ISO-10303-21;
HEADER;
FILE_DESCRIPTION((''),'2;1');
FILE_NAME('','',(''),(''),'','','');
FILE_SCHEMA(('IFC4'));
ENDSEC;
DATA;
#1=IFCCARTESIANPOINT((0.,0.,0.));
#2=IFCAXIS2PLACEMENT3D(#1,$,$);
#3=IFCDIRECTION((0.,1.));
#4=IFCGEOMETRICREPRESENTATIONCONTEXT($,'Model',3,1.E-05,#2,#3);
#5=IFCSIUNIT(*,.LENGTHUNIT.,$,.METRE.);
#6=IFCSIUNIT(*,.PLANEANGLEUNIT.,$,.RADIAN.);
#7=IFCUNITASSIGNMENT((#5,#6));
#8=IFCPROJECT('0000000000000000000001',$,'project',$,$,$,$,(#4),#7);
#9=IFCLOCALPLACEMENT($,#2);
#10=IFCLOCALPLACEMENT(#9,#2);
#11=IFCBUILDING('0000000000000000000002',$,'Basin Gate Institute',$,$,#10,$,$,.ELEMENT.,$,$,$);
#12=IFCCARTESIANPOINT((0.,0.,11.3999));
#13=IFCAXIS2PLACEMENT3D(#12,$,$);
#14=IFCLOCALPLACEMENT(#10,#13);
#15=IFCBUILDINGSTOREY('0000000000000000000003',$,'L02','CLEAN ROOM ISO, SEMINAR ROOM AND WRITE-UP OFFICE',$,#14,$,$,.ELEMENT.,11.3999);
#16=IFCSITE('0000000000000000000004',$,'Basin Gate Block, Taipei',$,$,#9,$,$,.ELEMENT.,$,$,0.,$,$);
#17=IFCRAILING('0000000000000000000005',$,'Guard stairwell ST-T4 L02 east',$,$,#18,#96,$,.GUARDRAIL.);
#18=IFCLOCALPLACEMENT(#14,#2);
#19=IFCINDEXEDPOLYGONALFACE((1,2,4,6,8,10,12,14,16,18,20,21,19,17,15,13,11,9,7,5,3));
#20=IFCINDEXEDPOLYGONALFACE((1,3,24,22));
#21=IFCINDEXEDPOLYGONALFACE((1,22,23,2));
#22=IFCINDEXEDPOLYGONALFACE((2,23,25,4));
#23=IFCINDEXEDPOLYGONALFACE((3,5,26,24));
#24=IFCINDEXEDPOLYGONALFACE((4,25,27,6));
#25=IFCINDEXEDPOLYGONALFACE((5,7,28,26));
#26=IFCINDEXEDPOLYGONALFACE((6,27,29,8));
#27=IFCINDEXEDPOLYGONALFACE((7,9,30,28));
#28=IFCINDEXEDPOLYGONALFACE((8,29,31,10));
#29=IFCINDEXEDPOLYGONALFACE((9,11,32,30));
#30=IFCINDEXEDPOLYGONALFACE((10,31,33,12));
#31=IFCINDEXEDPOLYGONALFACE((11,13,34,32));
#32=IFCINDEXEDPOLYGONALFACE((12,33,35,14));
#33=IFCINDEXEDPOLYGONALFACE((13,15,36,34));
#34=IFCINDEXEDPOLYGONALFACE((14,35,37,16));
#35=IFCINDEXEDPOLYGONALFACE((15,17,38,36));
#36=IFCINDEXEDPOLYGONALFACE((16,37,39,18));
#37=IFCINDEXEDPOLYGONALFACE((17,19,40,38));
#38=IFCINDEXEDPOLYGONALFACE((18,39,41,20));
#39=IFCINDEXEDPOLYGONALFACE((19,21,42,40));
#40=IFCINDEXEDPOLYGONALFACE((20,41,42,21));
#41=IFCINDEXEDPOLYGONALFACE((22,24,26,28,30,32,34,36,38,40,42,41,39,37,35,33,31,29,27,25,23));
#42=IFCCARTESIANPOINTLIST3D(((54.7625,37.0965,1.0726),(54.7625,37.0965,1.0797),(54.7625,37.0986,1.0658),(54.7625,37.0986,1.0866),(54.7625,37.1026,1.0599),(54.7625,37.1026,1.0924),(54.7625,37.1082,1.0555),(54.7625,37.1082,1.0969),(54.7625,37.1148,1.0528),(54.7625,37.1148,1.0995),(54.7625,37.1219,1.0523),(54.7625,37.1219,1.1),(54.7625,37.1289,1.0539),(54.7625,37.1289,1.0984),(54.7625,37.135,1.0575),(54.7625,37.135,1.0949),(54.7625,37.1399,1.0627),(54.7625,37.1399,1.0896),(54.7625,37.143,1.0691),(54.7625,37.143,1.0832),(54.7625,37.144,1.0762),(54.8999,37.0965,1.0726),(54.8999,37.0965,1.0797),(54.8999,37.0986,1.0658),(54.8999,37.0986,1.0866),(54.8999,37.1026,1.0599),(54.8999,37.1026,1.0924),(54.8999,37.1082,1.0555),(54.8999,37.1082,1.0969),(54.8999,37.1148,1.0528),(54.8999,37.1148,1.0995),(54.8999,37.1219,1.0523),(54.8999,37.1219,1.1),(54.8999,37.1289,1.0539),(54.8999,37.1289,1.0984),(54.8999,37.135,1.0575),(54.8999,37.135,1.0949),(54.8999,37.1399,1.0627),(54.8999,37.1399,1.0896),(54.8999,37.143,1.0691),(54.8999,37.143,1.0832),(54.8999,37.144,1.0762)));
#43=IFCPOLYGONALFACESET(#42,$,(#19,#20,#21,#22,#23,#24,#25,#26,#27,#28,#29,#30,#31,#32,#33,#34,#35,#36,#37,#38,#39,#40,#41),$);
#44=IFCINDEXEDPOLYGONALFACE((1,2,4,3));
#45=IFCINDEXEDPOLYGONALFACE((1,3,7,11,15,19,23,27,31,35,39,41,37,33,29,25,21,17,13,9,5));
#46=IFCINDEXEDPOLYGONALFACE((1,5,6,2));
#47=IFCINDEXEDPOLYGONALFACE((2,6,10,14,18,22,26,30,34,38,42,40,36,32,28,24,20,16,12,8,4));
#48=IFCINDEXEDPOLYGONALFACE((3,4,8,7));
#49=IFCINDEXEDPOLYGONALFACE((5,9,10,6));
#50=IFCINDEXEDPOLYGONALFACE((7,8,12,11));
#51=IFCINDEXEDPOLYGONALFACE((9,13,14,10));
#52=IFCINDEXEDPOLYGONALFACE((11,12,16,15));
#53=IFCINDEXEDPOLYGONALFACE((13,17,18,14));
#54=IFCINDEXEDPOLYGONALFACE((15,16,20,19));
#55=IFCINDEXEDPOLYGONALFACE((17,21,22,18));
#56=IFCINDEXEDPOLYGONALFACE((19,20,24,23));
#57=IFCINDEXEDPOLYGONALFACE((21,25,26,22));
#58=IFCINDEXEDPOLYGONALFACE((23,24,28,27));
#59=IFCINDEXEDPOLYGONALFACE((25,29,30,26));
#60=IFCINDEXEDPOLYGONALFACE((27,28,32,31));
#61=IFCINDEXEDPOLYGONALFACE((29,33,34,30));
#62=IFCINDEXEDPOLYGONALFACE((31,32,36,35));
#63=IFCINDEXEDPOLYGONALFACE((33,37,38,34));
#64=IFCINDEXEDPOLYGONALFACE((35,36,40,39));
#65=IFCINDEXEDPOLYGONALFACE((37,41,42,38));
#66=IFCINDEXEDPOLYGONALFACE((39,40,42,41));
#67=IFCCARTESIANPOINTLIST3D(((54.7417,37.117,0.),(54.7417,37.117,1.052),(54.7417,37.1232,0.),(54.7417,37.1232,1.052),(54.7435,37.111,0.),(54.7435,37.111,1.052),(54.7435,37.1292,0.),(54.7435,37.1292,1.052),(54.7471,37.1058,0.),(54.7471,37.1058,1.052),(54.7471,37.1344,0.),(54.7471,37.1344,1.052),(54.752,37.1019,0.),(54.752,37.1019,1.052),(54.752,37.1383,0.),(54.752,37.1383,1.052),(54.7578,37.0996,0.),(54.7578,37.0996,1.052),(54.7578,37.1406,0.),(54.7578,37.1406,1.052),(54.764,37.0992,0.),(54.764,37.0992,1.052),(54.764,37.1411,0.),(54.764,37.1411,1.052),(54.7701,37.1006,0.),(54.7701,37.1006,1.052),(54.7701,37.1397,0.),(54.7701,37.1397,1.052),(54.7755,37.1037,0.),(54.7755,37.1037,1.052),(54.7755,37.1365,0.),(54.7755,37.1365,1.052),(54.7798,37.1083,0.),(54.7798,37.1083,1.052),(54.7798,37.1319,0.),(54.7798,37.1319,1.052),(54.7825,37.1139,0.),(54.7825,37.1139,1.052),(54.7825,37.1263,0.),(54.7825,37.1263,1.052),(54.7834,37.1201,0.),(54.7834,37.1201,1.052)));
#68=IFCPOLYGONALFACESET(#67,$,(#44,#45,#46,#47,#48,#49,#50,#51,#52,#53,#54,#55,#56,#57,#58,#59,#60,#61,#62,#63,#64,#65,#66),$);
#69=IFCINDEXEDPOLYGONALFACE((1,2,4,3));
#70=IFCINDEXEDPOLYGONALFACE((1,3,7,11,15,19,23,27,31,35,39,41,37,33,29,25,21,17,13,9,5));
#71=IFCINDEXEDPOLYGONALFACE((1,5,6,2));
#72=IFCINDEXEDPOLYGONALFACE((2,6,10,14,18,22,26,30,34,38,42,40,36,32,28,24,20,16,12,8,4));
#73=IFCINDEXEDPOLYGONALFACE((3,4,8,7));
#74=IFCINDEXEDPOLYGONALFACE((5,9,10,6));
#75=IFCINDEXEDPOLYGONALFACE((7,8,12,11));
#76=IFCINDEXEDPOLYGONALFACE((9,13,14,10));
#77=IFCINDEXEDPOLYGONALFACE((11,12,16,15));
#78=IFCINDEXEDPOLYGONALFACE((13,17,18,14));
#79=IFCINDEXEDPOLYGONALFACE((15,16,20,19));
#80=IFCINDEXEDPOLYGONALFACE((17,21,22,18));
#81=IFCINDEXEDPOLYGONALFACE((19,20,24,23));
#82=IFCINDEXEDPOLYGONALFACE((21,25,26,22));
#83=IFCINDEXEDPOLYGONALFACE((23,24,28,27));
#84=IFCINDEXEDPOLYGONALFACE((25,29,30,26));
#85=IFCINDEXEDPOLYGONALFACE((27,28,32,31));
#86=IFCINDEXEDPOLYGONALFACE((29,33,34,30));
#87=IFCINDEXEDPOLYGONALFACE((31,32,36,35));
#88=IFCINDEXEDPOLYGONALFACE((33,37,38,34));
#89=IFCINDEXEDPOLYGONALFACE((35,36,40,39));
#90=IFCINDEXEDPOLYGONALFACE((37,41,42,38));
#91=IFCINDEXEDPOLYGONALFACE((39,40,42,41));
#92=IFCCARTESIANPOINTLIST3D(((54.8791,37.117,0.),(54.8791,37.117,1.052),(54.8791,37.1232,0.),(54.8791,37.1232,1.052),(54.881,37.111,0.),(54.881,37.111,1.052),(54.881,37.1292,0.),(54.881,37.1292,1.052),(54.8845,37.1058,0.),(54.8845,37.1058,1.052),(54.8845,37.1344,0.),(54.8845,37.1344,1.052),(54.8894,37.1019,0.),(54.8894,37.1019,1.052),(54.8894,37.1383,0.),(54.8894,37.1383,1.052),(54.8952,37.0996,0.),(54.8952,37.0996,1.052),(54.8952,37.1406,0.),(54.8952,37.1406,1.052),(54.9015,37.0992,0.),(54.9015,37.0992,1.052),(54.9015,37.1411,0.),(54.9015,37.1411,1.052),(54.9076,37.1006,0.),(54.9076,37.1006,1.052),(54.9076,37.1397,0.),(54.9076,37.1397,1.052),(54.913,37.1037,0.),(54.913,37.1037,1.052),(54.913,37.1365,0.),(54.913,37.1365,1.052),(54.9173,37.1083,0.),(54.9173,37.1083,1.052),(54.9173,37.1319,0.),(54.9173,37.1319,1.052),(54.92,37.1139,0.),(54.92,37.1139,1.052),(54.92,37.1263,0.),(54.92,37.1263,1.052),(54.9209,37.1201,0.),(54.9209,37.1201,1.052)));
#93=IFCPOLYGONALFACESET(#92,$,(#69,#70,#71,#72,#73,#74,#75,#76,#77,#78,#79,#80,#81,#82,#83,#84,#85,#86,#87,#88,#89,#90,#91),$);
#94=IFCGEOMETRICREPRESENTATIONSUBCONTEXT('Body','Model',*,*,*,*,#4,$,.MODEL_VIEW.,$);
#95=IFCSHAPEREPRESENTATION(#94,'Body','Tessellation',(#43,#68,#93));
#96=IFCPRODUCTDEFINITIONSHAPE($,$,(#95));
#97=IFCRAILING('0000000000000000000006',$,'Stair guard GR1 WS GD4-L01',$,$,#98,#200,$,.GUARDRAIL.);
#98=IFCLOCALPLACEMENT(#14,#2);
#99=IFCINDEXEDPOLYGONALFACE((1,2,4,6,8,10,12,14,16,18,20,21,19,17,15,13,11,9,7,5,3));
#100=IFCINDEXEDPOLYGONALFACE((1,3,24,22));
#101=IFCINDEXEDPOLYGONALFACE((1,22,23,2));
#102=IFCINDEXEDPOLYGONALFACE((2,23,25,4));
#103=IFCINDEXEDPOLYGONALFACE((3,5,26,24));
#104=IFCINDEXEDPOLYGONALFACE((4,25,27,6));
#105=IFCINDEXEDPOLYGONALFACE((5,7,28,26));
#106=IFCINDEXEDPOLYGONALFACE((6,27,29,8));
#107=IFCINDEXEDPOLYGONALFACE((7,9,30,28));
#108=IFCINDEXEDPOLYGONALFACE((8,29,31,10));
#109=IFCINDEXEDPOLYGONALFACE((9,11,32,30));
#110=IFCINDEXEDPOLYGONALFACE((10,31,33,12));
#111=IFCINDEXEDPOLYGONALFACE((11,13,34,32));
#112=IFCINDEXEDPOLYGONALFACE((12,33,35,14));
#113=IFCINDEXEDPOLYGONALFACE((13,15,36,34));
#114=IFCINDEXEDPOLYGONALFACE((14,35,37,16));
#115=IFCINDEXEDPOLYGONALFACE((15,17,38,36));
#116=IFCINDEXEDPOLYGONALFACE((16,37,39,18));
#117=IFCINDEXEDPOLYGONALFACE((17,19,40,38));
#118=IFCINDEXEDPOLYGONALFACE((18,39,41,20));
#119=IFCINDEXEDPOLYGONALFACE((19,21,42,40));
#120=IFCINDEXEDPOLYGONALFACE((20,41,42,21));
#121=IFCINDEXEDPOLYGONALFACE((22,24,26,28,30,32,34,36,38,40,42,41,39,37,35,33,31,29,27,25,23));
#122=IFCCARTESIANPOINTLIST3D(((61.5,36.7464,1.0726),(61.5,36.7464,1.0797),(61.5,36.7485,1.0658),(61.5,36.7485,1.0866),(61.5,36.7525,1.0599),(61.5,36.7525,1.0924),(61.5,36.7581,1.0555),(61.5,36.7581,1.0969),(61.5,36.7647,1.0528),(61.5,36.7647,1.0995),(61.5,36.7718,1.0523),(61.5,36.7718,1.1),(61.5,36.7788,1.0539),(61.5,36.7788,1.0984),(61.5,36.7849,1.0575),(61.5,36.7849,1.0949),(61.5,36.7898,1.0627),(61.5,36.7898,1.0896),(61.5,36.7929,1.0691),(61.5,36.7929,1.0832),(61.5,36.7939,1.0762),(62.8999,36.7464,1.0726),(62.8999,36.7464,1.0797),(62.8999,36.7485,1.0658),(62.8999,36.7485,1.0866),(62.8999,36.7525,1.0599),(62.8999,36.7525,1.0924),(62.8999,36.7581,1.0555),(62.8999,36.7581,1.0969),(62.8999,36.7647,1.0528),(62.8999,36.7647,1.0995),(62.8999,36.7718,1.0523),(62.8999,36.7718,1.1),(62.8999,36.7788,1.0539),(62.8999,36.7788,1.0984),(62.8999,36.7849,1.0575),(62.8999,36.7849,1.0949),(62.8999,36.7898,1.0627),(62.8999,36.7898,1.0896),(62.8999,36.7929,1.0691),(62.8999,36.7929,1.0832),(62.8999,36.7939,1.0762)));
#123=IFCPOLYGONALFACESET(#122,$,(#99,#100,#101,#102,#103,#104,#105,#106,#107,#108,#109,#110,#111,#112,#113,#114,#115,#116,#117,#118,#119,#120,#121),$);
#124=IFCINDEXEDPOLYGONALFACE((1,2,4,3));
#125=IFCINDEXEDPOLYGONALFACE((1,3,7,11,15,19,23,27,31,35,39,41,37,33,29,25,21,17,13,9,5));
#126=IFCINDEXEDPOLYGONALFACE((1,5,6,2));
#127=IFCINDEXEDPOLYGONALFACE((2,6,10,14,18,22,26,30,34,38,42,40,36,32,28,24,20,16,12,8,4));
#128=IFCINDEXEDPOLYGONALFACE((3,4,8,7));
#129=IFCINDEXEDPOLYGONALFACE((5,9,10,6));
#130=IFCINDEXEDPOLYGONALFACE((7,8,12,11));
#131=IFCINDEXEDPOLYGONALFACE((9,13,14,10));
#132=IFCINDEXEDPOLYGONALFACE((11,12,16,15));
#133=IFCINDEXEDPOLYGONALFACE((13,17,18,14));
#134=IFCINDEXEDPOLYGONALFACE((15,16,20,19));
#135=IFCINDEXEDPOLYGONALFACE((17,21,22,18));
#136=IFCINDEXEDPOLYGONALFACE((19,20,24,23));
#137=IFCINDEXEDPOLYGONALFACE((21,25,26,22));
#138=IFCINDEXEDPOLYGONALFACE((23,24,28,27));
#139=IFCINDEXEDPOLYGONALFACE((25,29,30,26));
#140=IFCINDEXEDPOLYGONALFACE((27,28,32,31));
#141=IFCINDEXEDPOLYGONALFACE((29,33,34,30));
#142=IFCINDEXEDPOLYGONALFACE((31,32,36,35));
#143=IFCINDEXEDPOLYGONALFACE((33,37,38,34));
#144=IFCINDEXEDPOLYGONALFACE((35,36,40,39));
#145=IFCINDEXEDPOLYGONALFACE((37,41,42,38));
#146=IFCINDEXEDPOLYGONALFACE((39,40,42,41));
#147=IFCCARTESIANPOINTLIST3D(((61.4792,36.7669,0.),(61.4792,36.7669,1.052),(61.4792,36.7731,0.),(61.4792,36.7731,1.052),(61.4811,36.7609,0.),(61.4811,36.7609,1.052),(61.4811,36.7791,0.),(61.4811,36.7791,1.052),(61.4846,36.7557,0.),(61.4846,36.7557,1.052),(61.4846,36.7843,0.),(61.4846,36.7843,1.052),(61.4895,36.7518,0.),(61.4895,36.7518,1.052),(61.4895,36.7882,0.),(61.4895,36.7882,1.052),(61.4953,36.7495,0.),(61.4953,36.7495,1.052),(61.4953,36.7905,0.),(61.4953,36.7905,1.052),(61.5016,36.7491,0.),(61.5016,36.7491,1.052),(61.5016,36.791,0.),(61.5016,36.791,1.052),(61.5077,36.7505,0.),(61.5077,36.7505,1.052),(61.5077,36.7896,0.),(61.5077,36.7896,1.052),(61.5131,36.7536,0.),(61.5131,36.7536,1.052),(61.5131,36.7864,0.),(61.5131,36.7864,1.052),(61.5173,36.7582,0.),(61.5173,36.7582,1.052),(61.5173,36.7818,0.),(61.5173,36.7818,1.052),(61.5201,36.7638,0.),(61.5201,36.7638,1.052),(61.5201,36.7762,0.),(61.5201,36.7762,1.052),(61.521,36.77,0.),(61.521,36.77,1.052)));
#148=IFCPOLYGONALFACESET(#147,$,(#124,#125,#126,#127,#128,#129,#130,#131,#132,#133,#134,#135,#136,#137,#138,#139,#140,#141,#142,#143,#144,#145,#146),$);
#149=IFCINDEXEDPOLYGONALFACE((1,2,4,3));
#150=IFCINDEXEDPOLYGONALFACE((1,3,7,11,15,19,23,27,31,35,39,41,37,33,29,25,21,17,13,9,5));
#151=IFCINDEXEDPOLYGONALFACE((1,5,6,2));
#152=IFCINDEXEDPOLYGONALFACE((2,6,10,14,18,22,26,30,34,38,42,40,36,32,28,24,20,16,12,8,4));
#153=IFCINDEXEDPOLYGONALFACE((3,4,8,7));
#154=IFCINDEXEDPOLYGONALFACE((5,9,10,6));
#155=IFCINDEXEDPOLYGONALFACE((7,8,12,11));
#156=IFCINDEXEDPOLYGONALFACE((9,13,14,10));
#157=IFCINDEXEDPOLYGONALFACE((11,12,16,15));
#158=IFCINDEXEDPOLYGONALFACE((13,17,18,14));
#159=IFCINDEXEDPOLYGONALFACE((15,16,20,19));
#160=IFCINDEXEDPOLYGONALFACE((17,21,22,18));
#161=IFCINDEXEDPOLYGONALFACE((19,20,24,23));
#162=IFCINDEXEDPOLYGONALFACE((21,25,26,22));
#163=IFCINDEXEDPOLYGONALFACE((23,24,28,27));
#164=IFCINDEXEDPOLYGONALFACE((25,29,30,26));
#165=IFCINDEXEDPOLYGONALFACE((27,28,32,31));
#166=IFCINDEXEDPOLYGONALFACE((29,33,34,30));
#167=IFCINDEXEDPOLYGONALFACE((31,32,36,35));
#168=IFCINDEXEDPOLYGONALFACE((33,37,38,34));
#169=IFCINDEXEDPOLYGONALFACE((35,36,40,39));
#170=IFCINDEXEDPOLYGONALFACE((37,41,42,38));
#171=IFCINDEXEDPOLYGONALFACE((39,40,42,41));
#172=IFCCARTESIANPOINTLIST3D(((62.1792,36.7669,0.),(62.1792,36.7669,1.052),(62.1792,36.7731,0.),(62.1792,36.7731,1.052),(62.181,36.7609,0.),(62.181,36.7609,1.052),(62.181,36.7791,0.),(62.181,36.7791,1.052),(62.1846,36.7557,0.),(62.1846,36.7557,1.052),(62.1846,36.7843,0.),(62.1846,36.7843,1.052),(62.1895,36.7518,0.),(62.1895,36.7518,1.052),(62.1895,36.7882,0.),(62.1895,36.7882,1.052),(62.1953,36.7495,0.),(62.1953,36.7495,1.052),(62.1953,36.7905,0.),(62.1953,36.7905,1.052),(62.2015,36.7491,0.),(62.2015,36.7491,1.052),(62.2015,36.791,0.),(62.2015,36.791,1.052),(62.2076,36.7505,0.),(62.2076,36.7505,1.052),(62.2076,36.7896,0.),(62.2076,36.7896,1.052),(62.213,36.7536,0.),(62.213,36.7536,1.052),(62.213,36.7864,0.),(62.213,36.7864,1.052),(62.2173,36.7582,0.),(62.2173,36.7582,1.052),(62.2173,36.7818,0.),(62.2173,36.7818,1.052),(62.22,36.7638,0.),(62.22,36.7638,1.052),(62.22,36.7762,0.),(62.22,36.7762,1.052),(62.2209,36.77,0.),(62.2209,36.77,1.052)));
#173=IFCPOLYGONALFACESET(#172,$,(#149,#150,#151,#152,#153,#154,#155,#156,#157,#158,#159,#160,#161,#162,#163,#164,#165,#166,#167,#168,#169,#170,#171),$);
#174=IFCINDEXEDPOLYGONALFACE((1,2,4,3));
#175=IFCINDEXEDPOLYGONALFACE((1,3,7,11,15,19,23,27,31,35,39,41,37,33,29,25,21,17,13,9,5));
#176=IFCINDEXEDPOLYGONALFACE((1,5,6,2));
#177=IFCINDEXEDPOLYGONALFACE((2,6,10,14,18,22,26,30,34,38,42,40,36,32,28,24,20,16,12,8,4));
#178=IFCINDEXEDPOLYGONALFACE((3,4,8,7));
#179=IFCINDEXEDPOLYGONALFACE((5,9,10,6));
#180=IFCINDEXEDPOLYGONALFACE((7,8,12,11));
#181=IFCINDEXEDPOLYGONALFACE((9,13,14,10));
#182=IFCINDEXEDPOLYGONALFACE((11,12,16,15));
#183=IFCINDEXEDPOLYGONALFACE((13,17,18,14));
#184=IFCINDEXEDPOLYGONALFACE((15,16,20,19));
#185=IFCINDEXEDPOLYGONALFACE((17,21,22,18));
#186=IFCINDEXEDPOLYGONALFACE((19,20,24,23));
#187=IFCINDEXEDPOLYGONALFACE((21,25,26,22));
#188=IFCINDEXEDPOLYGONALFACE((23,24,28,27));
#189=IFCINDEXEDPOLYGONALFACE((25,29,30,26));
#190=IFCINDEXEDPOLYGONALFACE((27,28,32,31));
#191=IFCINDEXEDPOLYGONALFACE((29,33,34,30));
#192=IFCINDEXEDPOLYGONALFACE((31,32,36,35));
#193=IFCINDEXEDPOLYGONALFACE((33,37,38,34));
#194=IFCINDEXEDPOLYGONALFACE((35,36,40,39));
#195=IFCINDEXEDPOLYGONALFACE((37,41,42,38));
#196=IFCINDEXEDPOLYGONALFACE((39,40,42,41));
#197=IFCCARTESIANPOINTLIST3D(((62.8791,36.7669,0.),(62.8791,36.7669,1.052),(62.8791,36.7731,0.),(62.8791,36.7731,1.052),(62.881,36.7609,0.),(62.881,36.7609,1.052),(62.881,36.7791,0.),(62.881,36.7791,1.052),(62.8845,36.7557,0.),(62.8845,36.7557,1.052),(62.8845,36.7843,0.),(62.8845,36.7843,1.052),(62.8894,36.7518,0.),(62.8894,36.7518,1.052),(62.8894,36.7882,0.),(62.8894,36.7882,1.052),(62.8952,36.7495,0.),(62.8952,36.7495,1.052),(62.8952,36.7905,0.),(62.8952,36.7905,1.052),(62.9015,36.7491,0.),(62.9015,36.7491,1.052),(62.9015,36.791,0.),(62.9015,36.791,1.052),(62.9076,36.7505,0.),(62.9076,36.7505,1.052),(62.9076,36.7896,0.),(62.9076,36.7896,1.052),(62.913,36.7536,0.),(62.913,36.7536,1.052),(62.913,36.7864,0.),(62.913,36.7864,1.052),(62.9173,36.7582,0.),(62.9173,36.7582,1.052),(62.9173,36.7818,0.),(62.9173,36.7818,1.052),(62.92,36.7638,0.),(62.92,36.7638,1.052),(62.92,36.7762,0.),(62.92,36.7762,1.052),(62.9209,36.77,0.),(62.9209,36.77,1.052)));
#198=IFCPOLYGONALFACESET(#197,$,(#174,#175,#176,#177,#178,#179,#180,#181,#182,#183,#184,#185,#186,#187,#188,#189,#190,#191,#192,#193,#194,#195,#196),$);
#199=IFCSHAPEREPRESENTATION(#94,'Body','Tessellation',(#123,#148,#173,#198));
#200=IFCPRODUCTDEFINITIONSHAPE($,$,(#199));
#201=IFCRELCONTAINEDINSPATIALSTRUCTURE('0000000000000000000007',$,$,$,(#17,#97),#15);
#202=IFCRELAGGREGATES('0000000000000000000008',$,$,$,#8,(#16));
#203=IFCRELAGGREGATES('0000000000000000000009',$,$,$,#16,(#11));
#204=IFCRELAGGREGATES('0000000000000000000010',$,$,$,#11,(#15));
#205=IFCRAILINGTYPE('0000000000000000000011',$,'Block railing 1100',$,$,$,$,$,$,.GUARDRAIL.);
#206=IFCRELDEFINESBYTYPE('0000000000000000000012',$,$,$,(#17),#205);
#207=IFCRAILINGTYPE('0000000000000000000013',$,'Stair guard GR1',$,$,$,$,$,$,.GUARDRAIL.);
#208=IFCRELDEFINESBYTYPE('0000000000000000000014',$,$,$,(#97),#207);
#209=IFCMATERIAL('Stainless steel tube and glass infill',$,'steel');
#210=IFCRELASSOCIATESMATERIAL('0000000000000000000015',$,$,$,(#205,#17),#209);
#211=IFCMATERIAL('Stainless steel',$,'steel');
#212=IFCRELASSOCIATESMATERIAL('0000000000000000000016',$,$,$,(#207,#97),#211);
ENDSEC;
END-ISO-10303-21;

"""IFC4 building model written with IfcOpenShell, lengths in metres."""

from ifc_helpers import new_model, si_unit, direction, frame, origin, origin_2d, place, context, subcontext, project, spatial, circle, extrude, material, type_object, element, save


model = new_model("IFC4")

# Units and contexts
model_context = context("Model", 3, precision=1e-05, world=origin(), true_north=direction((0.0, 1.0)))
body_context = subcontext(model_context, "Body", "Model", "MODEL_VIEW")
ifc_project = project(units=[si_unit("LENGTHUNIT", "METRE"), si_unit("PLANEANGLEUNIT", "RADIAN")], contexts=[model_context])

# Site, building, storey
site_placement = place(None, origin())
site = spatial("IfcSite", under=ifc_project, at=site_placement, Name="Basin Gate Block, Taipei", CompositionType="ELEMENT", RefElevation=0.0)
building_placement = place(site_placement, origin())
building = spatial("IfcBuilding", under=site, at=building_placement, Name="Basin Gate Institute", CompositionType="ELEMENT")
storey_placement = place(building_placement, frame((0.0, 0.0, 11.3999)))
storey = spatial("IfcBuildingStorey", under=building, at=storey_placement, Name="L02", Description="CLEAN ROOM ISO, SEMINAR ROOM AND WRITE-UP OFFICE", CompositionType="ELEMENT", Elevation=11.3999)

# Railings
ifc_material_1 = material(Name="Stainless steel tube and glass infill", Category="steel")
railing_type_1 = type_object("IfcRailingType", Name="Block railing 1100", PredefinedType="GUARDRAIL", material=ifc_material_1)
railing_1_placement = place(storey_placement, frame((54.7625, 37.1201, 0.0)))
element("IfcRailing", 1, at=railing_1_placement, inside=storey, type_object=railing_type_1, material=ifc_material_1, Name="Guard stairwell ST-T4 L02 east", PredefinedType="GUARDRAIL", context=body_context, shape_type="SweptSolid", body=[
    extrude(circle(Radius=0.0239, at=origin_2d()), frame((0.0, 0.0, 1.0762), z_axis=(1.0, 0.0, 0.0), x_axis=(0.0, 1.0, 0.0)), (0.0, 0.0, 1.0), 0.1375),
    extrude(circle(Radius=0.021, at=origin_2d()), origin(), (0.0, 0.0, 1.0), 1.052),
    extrude(circle(Radius=0.021, at=origin_2d()), frame((0.1375, 0.0, 0.0)), (0.0, 0.0, 1.0), 1.052),
])
ifc_material_2 = material(Name="Stainless steel", Category="steel")
railing_type_2 = type_object("IfcRailingType", Name="Stair guard GR1", PredefinedType="GUARDRAIL", material=ifc_material_2)
railing_2_placement = place(storey_placement, frame((61.5, 36.77, 0.0)))
element("IfcRailing", 2, at=railing_2_placement, inside=storey, type_object=railing_type_2, material=ifc_material_2, Name="Stair guard GR1 WS GD4-L01", PredefinedType="GUARDRAIL", context=body_context, shape_type="SweptSolid", body=[
    extrude(circle(Radius=0.0239, at=origin_2d()), frame((0.0, 0.0, 1.0762), z_axis=(1.0, 0.0, 0.0), x_axis=(0.0, 1.0, 0.0)), (0.0, 0.0, 1.0), 1.3999),
    extrude(circle(Radius=0.021, at=origin_2d()), origin(), (0.0, 0.0, 1.0), 1.052),
    extrude(circle(Radius=0.021, at=origin_2d()), frame((0.7, 0.0, 0.0)), (0.0, 0.0, 1.0), 1.052),
    extrude(circle(Radius=0.021, at=origin_2d()), frame((1.3999, 0.0, 0.0)), (0.0, 0.0, 1.0), 1.052),
])

save(model, "model.ifc")
